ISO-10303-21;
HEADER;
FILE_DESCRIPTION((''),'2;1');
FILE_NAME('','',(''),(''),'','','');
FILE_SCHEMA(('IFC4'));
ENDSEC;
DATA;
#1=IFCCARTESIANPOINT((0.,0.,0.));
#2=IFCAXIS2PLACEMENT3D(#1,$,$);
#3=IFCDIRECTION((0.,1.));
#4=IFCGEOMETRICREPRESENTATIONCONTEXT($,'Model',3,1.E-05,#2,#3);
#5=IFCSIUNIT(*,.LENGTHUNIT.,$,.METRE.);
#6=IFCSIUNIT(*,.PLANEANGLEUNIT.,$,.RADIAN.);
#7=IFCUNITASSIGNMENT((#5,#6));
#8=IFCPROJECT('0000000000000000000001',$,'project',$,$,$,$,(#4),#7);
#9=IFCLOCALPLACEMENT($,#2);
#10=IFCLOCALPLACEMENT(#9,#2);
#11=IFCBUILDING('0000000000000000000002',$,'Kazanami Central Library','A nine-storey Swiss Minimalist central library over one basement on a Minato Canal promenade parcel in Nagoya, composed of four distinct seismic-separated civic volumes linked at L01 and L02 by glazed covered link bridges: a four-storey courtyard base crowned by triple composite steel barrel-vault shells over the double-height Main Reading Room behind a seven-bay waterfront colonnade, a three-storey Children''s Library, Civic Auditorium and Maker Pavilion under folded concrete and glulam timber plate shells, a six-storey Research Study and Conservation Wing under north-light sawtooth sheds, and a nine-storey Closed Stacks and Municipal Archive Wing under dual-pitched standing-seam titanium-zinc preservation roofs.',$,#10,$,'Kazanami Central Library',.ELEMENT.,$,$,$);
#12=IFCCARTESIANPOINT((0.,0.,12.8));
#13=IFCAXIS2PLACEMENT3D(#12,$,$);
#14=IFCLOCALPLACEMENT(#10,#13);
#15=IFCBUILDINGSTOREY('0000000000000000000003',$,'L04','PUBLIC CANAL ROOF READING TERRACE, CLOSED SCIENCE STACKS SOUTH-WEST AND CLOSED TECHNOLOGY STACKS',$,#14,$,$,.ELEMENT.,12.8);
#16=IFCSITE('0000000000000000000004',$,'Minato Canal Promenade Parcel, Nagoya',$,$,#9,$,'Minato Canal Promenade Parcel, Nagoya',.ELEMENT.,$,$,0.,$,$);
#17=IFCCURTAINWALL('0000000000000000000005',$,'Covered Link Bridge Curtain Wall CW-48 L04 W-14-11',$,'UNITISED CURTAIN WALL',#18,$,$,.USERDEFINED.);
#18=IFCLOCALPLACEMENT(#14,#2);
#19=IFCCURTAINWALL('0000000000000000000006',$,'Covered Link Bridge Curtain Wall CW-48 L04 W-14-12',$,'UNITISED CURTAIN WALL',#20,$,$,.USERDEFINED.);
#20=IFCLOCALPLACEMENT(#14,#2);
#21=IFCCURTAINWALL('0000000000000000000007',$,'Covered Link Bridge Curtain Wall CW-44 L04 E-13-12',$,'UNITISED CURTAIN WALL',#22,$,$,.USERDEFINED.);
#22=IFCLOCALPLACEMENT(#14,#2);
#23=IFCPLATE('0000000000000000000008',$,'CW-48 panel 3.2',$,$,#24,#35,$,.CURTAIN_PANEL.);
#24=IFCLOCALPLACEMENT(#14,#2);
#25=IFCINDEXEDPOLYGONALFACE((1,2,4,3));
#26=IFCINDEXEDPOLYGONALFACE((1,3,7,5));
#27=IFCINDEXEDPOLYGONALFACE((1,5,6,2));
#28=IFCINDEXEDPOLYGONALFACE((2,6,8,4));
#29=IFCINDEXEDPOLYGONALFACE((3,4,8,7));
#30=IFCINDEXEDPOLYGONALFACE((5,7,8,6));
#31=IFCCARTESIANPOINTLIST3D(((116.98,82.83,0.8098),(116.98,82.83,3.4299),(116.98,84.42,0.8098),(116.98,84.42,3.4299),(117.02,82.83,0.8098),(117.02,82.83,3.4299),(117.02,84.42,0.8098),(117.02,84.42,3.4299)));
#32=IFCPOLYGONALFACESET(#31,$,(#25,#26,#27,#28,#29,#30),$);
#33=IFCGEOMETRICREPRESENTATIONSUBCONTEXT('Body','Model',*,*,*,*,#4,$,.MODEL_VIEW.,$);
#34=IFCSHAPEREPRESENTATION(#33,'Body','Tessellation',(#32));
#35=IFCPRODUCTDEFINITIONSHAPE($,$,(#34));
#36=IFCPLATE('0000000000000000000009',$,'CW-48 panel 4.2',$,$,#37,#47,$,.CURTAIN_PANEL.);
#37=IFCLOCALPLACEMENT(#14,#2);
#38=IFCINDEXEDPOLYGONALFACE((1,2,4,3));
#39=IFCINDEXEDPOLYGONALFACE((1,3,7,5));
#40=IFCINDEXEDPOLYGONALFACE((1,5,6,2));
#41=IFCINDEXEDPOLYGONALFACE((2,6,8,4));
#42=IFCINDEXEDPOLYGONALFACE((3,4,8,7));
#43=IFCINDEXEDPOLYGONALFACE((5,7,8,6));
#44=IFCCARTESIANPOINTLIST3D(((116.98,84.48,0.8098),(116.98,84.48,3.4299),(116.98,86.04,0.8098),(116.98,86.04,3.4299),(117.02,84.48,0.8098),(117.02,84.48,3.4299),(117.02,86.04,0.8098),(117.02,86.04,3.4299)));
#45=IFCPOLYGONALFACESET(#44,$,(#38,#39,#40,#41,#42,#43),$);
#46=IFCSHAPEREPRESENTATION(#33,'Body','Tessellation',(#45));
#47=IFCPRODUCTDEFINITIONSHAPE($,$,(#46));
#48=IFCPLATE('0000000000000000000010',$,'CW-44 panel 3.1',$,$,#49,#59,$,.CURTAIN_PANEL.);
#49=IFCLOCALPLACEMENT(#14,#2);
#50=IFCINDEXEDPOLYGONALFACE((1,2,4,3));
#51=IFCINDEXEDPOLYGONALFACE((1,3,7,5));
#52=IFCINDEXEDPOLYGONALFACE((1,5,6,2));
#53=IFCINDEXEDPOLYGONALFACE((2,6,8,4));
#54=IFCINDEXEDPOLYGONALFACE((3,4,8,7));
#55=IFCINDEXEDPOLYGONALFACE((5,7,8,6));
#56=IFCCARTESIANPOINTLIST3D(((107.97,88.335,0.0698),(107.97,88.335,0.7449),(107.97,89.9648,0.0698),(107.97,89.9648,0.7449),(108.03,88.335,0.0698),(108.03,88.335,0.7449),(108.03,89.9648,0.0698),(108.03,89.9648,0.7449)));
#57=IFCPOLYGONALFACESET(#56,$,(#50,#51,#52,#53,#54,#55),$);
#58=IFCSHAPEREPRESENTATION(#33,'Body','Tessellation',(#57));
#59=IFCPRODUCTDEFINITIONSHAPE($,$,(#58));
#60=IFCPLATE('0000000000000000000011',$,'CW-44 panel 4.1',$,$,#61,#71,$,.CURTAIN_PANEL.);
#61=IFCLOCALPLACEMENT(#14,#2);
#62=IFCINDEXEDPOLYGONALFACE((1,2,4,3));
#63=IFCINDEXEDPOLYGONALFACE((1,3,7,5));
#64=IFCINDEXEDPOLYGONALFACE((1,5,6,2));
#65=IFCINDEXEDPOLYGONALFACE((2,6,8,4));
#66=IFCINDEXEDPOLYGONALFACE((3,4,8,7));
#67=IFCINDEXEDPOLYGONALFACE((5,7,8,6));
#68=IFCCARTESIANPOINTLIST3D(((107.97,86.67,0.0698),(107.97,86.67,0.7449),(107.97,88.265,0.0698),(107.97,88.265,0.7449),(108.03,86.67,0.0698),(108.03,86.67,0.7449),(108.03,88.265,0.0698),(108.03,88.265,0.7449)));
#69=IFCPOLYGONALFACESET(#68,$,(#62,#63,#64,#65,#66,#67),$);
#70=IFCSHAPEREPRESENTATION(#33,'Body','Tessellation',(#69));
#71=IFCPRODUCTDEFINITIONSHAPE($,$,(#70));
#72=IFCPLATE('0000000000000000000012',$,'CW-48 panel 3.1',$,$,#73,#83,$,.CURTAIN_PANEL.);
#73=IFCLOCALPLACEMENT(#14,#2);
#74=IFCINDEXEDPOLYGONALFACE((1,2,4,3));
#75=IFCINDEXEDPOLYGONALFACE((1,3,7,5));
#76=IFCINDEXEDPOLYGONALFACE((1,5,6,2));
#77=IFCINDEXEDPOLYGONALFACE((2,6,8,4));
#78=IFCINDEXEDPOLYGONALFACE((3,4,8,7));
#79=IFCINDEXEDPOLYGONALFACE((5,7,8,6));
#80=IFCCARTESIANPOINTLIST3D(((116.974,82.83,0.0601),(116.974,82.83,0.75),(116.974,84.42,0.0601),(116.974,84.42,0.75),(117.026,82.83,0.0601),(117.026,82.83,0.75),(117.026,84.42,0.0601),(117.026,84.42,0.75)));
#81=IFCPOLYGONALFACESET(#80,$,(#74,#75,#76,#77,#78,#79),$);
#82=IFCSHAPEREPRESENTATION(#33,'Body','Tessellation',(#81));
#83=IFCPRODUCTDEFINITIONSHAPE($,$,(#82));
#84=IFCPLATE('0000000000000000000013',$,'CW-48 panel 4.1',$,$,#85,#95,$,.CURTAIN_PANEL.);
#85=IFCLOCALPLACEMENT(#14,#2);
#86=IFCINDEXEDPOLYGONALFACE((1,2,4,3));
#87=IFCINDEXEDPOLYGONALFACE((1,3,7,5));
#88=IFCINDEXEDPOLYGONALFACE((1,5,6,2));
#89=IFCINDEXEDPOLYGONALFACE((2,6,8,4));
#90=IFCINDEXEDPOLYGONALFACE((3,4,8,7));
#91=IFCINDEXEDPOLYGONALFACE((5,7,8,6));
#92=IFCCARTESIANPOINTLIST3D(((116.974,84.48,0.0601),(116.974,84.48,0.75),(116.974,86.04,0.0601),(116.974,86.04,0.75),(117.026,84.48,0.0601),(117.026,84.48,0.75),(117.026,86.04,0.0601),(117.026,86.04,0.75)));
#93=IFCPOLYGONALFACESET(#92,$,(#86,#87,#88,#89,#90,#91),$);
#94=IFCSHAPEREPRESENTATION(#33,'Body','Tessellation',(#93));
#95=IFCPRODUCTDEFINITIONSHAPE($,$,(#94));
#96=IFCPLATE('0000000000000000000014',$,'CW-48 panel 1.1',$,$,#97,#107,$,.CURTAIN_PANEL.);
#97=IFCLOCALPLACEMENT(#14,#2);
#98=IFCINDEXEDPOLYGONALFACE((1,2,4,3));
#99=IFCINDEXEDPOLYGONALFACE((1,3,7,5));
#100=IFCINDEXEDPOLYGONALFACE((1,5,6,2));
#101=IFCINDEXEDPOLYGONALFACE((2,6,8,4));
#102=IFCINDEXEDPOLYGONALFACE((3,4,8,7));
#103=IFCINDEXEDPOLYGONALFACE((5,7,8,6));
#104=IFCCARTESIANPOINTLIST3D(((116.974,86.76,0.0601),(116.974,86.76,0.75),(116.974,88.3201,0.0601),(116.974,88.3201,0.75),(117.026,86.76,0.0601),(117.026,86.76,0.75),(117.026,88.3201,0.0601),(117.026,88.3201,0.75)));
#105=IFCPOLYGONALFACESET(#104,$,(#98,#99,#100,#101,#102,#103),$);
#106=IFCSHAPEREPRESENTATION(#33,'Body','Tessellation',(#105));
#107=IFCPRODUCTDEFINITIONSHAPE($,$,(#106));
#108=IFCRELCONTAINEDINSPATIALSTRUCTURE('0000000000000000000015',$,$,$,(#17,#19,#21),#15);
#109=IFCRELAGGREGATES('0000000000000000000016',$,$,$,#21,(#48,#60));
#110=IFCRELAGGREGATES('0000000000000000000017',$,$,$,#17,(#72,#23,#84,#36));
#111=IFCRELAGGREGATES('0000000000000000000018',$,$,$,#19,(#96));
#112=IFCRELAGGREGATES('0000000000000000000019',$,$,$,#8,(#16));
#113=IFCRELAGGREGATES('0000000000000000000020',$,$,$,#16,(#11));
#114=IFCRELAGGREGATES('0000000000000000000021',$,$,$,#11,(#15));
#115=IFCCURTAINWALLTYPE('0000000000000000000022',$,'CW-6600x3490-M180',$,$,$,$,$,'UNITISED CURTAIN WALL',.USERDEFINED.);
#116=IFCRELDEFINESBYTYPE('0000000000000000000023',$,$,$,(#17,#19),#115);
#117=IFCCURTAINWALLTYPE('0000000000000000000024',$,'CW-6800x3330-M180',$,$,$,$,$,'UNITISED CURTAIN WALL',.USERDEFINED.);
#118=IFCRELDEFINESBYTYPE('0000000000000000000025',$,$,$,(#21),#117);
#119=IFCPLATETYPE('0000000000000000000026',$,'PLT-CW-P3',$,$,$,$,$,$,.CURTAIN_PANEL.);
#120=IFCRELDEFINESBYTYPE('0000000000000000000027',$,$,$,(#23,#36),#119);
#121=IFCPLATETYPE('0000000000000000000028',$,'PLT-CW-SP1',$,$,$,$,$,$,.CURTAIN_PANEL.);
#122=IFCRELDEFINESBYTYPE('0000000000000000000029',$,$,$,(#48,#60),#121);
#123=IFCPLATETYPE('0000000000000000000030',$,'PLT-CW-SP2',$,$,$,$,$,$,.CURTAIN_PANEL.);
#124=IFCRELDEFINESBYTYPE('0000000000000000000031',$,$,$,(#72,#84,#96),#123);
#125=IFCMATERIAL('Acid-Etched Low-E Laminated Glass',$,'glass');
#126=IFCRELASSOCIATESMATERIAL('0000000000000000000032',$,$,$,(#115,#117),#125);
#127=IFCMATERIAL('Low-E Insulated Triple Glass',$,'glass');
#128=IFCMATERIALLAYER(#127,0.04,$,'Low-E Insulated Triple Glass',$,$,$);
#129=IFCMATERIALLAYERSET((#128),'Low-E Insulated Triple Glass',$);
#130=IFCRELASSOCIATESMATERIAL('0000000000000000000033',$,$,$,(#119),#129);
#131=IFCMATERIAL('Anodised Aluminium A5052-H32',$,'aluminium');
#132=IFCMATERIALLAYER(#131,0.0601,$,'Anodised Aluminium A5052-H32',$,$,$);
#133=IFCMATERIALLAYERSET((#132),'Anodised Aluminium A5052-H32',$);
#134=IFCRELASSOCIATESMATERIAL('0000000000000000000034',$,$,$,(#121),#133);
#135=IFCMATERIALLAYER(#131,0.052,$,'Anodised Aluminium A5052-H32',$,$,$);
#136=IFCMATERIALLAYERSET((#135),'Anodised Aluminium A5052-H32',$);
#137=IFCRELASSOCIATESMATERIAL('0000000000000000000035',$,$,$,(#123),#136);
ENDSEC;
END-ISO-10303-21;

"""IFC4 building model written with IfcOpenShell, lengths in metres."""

from ifc_helpers import new_model, si_unit, direction, frame, origin, origin_2d, place, context, subcontext, project, spatial, rectangle, extrude, material, layer, layer_set, type_object, element, aggregate, save


model = new_model("IFC4")

# Units and contexts
model_context = context("Model", 3, precision=1e-05, world=origin(), true_north=direction((0.0, 1.0)))
body_context = subcontext(model_context, "Body", "Model", "MODEL_VIEW")
ifc_project = project(units=[si_unit("LENGTHUNIT", "METRE"), si_unit("PLANEANGLEUNIT", "RADIAN")], contexts=[model_context])

# Site, building, storey
site_placement = place(None, origin())
site = spatial("IfcSite", under=ifc_project, at=site_placement, Name="Minato Canal Promenade Parcel, Nagoya", LongName="Minato Canal Promenade Parcel, Nagoya", CompositionType="ELEMENT", RefElevation=0.0)
building_placement = place(site_placement, origin())
building = spatial("IfcBuilding", under=site, at=building_placement, Name="Kazanami Central Library", Description="A nine-storey Swiss Minimalist central library over one basement on a Minato Canal promenade parcel in Nagoya, composed of four distinct seismic-separated civic volumes linked at L01 and L02 by glazed covered link bridges: a four-storey courtyard base crowned by triple composite steel barrel-vault shells over the double-height Main Reading Room behind a seven-bay waterfront colonnade, a three-storey Children's Library, Civic Auditorium and Maker Pavilion under folded concrete and glulam timber plate shells, a six-storey Research Study and Conservation Wing under north-light sawtooth sheds, and a nine-storey Closed Stacks and Municipal Archive Wing under dual-pitched standing-seam titanium-zinc preservation roofs.", LongName="Kazanami Central Library", CompositionType="ELEMENT")
storey_placement = place(building_placement, frame((0.0, 0.0, 12.8)))
storey = spatial("IfcBuildingStorey", under=building, at=storey_placement, Name="L04", Description="PUBLIC CANAL ROOF READING TERRACE, CLOSED SCIENCE STACKS SOUTH-WEST AND CLOSED TECHNOLOGY STACKS", CompositionType="ELEMENT", Elevation=12.8)

# Curtain wall
ifc_material_1 = material(Name="Acid-Etched Low-E Laminated Glass", Category="glass")
curtain_wall_type_1 = type_object("IfcCurtainWallType", Name="CW-6600x3490-M180", ElementType="UNITISED CURTAIN WALL", PredefinedType="USERDEFINED", material=ifc_material_1)
curtain_wall_1_placement = place(storey_placement, origin())
curtain_wall_1 = element("IfcCurtainWall", 1, at=curtain_wall_1_placement, inside=storey, type_object=curtain_wall_type_1, Name="Covered Link Bridge Curtain Wall CW-48 L04 W-14-11", ObjectType="UNITISED CURTAIN WALL", PredefinedType="USERDEFINED")

# Curtain wall
curtain_wall_2_placement = place(storey_placement, origin())
curtain_wall_2 = element("IfcCurtainWall", 2, at=curtain_wall_2_placement, inside=storey, type_object=curtain_wall_type_1, Name="Covered Link Bridge Curtain Wall CW-48 L04 W-14-12", ObjectType="UNITISED CURTAIN WALL", PredefinedType="USERDEFINED")

# Curtain wall
curtain_wall_type_2 = type_object("IfcCurtainWallType", Name="CW-6800x3330-M180", ElementType="UNITISED CURTAIN WALL", PredefinedType="USERDEFINED", material=ifc_material_1)
curtain_wall_3_placement = place(storey_placement, origin())
curtain_wall_3 = element("IfcCurtainWall", 3, at=curtain_wall_3_placement, inside=storey, type_object=curtain_wall_type_2, Name="Covered Link Bridge Curtain Wall CW-44 L04 E-13-12", ObjectType="UNITISED CURTAIN WALL", PredefinedType="USERDEFINED")

# Plates
ifc_material_2 = material(Name="Low-E Insulated Triple Glass", Category="glass")
ifc_layer_1 = layer(ifc_material_2, 0.04, Name="Low-E Insulated Triple Glass")
ifc_layer_set_1 = layer_set([ifc_layer_1], Name="Low-E Insulated Triple Glass")
plate_type_1 = type_object("IfcPlateType", Name="PLT-CW-P3", PredefinedType="CURTAIN_PANEL", material=ifc_layer_set_1)
plate_1_placement = place(storey_placement, frame((117.0, 83.625, 0.8098), z_axis=(0.0, 0.0, 1.0), x_axis=(0.0, 1.0, 0.0)))
plate_1 = element("IfcPlate", 4, at=plate_1_placement, type_object=plate_type_1, Name="CW-48 panel 3.2", PredefinedType="CURTAIN_PANEL", context=body_context, shape_type="SweptSolid", body=[
    extrude(rectangle(XDim=1.5901, YDim=0.04, at=origin_2d()), origin(), (0.0, 0.0, 1.0), 2.6201),
])
plate_2_placement = place(storey_placement, frame((117.0, 85.26, 0.8098), z_axis=(0.0, 0.0, 1.0), x_axis=(0.0, 1.0, 0.0)))
plate_2 = element("IfcPlate", 5, at=plate_2_placement, type_object=plate_type_1, Name="CW-48 panel 4.2", PredefinedType="CURTAIN_PANEL", context=body_context, shape_type="SweptSolid", body=[
    extrude(rectangle(XDim=1.5601, YDim=0.04, at=origin_2d()), origin(), (0.0, 0.0, 1.0), 2.6201),
])
ifc_material_3 = material(Name="Anodised Aluminium A5052-H32", Category="aluminium")
ifc_layer_2 = layer(ifc_material_3, 0.0601, Name="Anodised Aluminium A5052-H32")
ifc_layer_set_2 = layer_set([ifc_layer_2], Name="Anodised Aluminium A5052-H32")
plate_type_2 = type_object("IfcPlateType", Name="PLT-CW-SP1", PredefinedType="CURTAIN_PANEL", material=ifc_layer_set_2)
plate_3_placement = place(storey_placement, frame((108.0, 89.1499, 0.0698), z_axis=(0.0, 0.0, 1.0), x_axis=(0.0, -1.0, 0.0)))
plate_3 = element("IfcPlate", 6, at=plate_3_placement, type_object=plate_type_2, Name="CW-44 panel 3.1", PredefinedType="CURTAIN_PANEL", context=body_context, shape_type="SweptSolid", body=[
    extrude(rectangle(XDim=1.6299, YDim=0.0601, at=origin_2d()), origin(), (0.0, 0.0, 1.0), 0.675),
])
plate_4_placement = place(storey_placement, frame((108.0, 87.4675, 0.0698), z_axis=(0.0, 0.0, 1.0), x_axis=(0.0, -1.0, 0.0)))
plate_4 = element("IfcPlate", 7, at=plate_4_placement, type_object=plate_type_2, Name="CW-44 panel 4.1", PredefinedType="CURTAIN_PANEL", context=body_context, shape_type="SweptSolid", body=[
    extrude(rectangle(XDim=1.595, YDim=0.0601, at=origin_2d()), origin(), (0.0, 0.0, 1.0), 0.675),
])
aggregate(curtain_wall_3, [plate_3, plate_4])
ifc_layer_3 = layer(ifc_material_3, 0.052, Name="Anodised Aluminium A5052-H32")
ifc_layer_set_3 = layer_set([ifc_layer_3], Name="Anodised Aluminium A5052-H32")
plate_type_3 = type_object("IfcPlateType", Name="PLT-CW-SP2", PredefinedType="CURTAIN_PANEL", material=ifc_layer_set_3)
plate_5_placement = place(storey_placement, frame((117.0, 83.625, 0.0601), z_axis=(0.0, 0.0, 1.0), x_axis=(0.0, 1.0, 0.0)))
plate_5 = element("IfcPlate", 8, at=plate_5_placement, type_object=plate_type_3, Name="CW-48 panel 3.1", PredefinedType="CURTAIN_PANEL", context=body_context, shape_type="SweptSolid", body=[
    extrude(rectangle(XDim=1.5901, YDim=0.052, at=origin_2d()), origin(), (0.0, 0.0, 1.0), 0.6899),
])
plate_6_placement = place(storey_placement, frame((117.0, 85.26, 0.0601), z_axis=(0.0, 0.0, 1.0), x_axis=(0.0, 1.0, 0.0)))
plate_6 = element("IfcPlate", 9, at=plate_6_placement, type_object=plate_type_3, Name="CW-48 panel 4.1", PredefinedType="CURTAIN_PANEL", context=body_context, shape_type="SweptSolid", body=[
    extrude(rectangle(XDim=1.5601, YDim=0.052, at=origin_2d()), origin(), (0.0, 0.0, 1.0), 0.6899),
])
aggregate(curtain_wall_1, [plate_5, plate_1, plate_6, plate_2])
plate_7_placement = place(storey_placement, frame((117.0, 87.54, 0.0601), z_axis=(0.0, 0.0, 1.0), x_axis=(0.0, 1.0, 0.0)))
plate_7 = element("IfcPlate", 10, at=plate_7_placement, type_object=plate_type_3, Name="CW-48 panel 1.1", PredefinedType="CURTAIN_PANEL", context=body_context, shape_type="SweptSolid", body=[
    extrude(rectangle(XDim=1.5601, YDim=0.052, at=origin_2d()), origin(), (0.0, 0.0, 1.0), 0.6899),
])
aggregate(curtain_wall_2, [plate_7])

save(model, "model.ifc")
